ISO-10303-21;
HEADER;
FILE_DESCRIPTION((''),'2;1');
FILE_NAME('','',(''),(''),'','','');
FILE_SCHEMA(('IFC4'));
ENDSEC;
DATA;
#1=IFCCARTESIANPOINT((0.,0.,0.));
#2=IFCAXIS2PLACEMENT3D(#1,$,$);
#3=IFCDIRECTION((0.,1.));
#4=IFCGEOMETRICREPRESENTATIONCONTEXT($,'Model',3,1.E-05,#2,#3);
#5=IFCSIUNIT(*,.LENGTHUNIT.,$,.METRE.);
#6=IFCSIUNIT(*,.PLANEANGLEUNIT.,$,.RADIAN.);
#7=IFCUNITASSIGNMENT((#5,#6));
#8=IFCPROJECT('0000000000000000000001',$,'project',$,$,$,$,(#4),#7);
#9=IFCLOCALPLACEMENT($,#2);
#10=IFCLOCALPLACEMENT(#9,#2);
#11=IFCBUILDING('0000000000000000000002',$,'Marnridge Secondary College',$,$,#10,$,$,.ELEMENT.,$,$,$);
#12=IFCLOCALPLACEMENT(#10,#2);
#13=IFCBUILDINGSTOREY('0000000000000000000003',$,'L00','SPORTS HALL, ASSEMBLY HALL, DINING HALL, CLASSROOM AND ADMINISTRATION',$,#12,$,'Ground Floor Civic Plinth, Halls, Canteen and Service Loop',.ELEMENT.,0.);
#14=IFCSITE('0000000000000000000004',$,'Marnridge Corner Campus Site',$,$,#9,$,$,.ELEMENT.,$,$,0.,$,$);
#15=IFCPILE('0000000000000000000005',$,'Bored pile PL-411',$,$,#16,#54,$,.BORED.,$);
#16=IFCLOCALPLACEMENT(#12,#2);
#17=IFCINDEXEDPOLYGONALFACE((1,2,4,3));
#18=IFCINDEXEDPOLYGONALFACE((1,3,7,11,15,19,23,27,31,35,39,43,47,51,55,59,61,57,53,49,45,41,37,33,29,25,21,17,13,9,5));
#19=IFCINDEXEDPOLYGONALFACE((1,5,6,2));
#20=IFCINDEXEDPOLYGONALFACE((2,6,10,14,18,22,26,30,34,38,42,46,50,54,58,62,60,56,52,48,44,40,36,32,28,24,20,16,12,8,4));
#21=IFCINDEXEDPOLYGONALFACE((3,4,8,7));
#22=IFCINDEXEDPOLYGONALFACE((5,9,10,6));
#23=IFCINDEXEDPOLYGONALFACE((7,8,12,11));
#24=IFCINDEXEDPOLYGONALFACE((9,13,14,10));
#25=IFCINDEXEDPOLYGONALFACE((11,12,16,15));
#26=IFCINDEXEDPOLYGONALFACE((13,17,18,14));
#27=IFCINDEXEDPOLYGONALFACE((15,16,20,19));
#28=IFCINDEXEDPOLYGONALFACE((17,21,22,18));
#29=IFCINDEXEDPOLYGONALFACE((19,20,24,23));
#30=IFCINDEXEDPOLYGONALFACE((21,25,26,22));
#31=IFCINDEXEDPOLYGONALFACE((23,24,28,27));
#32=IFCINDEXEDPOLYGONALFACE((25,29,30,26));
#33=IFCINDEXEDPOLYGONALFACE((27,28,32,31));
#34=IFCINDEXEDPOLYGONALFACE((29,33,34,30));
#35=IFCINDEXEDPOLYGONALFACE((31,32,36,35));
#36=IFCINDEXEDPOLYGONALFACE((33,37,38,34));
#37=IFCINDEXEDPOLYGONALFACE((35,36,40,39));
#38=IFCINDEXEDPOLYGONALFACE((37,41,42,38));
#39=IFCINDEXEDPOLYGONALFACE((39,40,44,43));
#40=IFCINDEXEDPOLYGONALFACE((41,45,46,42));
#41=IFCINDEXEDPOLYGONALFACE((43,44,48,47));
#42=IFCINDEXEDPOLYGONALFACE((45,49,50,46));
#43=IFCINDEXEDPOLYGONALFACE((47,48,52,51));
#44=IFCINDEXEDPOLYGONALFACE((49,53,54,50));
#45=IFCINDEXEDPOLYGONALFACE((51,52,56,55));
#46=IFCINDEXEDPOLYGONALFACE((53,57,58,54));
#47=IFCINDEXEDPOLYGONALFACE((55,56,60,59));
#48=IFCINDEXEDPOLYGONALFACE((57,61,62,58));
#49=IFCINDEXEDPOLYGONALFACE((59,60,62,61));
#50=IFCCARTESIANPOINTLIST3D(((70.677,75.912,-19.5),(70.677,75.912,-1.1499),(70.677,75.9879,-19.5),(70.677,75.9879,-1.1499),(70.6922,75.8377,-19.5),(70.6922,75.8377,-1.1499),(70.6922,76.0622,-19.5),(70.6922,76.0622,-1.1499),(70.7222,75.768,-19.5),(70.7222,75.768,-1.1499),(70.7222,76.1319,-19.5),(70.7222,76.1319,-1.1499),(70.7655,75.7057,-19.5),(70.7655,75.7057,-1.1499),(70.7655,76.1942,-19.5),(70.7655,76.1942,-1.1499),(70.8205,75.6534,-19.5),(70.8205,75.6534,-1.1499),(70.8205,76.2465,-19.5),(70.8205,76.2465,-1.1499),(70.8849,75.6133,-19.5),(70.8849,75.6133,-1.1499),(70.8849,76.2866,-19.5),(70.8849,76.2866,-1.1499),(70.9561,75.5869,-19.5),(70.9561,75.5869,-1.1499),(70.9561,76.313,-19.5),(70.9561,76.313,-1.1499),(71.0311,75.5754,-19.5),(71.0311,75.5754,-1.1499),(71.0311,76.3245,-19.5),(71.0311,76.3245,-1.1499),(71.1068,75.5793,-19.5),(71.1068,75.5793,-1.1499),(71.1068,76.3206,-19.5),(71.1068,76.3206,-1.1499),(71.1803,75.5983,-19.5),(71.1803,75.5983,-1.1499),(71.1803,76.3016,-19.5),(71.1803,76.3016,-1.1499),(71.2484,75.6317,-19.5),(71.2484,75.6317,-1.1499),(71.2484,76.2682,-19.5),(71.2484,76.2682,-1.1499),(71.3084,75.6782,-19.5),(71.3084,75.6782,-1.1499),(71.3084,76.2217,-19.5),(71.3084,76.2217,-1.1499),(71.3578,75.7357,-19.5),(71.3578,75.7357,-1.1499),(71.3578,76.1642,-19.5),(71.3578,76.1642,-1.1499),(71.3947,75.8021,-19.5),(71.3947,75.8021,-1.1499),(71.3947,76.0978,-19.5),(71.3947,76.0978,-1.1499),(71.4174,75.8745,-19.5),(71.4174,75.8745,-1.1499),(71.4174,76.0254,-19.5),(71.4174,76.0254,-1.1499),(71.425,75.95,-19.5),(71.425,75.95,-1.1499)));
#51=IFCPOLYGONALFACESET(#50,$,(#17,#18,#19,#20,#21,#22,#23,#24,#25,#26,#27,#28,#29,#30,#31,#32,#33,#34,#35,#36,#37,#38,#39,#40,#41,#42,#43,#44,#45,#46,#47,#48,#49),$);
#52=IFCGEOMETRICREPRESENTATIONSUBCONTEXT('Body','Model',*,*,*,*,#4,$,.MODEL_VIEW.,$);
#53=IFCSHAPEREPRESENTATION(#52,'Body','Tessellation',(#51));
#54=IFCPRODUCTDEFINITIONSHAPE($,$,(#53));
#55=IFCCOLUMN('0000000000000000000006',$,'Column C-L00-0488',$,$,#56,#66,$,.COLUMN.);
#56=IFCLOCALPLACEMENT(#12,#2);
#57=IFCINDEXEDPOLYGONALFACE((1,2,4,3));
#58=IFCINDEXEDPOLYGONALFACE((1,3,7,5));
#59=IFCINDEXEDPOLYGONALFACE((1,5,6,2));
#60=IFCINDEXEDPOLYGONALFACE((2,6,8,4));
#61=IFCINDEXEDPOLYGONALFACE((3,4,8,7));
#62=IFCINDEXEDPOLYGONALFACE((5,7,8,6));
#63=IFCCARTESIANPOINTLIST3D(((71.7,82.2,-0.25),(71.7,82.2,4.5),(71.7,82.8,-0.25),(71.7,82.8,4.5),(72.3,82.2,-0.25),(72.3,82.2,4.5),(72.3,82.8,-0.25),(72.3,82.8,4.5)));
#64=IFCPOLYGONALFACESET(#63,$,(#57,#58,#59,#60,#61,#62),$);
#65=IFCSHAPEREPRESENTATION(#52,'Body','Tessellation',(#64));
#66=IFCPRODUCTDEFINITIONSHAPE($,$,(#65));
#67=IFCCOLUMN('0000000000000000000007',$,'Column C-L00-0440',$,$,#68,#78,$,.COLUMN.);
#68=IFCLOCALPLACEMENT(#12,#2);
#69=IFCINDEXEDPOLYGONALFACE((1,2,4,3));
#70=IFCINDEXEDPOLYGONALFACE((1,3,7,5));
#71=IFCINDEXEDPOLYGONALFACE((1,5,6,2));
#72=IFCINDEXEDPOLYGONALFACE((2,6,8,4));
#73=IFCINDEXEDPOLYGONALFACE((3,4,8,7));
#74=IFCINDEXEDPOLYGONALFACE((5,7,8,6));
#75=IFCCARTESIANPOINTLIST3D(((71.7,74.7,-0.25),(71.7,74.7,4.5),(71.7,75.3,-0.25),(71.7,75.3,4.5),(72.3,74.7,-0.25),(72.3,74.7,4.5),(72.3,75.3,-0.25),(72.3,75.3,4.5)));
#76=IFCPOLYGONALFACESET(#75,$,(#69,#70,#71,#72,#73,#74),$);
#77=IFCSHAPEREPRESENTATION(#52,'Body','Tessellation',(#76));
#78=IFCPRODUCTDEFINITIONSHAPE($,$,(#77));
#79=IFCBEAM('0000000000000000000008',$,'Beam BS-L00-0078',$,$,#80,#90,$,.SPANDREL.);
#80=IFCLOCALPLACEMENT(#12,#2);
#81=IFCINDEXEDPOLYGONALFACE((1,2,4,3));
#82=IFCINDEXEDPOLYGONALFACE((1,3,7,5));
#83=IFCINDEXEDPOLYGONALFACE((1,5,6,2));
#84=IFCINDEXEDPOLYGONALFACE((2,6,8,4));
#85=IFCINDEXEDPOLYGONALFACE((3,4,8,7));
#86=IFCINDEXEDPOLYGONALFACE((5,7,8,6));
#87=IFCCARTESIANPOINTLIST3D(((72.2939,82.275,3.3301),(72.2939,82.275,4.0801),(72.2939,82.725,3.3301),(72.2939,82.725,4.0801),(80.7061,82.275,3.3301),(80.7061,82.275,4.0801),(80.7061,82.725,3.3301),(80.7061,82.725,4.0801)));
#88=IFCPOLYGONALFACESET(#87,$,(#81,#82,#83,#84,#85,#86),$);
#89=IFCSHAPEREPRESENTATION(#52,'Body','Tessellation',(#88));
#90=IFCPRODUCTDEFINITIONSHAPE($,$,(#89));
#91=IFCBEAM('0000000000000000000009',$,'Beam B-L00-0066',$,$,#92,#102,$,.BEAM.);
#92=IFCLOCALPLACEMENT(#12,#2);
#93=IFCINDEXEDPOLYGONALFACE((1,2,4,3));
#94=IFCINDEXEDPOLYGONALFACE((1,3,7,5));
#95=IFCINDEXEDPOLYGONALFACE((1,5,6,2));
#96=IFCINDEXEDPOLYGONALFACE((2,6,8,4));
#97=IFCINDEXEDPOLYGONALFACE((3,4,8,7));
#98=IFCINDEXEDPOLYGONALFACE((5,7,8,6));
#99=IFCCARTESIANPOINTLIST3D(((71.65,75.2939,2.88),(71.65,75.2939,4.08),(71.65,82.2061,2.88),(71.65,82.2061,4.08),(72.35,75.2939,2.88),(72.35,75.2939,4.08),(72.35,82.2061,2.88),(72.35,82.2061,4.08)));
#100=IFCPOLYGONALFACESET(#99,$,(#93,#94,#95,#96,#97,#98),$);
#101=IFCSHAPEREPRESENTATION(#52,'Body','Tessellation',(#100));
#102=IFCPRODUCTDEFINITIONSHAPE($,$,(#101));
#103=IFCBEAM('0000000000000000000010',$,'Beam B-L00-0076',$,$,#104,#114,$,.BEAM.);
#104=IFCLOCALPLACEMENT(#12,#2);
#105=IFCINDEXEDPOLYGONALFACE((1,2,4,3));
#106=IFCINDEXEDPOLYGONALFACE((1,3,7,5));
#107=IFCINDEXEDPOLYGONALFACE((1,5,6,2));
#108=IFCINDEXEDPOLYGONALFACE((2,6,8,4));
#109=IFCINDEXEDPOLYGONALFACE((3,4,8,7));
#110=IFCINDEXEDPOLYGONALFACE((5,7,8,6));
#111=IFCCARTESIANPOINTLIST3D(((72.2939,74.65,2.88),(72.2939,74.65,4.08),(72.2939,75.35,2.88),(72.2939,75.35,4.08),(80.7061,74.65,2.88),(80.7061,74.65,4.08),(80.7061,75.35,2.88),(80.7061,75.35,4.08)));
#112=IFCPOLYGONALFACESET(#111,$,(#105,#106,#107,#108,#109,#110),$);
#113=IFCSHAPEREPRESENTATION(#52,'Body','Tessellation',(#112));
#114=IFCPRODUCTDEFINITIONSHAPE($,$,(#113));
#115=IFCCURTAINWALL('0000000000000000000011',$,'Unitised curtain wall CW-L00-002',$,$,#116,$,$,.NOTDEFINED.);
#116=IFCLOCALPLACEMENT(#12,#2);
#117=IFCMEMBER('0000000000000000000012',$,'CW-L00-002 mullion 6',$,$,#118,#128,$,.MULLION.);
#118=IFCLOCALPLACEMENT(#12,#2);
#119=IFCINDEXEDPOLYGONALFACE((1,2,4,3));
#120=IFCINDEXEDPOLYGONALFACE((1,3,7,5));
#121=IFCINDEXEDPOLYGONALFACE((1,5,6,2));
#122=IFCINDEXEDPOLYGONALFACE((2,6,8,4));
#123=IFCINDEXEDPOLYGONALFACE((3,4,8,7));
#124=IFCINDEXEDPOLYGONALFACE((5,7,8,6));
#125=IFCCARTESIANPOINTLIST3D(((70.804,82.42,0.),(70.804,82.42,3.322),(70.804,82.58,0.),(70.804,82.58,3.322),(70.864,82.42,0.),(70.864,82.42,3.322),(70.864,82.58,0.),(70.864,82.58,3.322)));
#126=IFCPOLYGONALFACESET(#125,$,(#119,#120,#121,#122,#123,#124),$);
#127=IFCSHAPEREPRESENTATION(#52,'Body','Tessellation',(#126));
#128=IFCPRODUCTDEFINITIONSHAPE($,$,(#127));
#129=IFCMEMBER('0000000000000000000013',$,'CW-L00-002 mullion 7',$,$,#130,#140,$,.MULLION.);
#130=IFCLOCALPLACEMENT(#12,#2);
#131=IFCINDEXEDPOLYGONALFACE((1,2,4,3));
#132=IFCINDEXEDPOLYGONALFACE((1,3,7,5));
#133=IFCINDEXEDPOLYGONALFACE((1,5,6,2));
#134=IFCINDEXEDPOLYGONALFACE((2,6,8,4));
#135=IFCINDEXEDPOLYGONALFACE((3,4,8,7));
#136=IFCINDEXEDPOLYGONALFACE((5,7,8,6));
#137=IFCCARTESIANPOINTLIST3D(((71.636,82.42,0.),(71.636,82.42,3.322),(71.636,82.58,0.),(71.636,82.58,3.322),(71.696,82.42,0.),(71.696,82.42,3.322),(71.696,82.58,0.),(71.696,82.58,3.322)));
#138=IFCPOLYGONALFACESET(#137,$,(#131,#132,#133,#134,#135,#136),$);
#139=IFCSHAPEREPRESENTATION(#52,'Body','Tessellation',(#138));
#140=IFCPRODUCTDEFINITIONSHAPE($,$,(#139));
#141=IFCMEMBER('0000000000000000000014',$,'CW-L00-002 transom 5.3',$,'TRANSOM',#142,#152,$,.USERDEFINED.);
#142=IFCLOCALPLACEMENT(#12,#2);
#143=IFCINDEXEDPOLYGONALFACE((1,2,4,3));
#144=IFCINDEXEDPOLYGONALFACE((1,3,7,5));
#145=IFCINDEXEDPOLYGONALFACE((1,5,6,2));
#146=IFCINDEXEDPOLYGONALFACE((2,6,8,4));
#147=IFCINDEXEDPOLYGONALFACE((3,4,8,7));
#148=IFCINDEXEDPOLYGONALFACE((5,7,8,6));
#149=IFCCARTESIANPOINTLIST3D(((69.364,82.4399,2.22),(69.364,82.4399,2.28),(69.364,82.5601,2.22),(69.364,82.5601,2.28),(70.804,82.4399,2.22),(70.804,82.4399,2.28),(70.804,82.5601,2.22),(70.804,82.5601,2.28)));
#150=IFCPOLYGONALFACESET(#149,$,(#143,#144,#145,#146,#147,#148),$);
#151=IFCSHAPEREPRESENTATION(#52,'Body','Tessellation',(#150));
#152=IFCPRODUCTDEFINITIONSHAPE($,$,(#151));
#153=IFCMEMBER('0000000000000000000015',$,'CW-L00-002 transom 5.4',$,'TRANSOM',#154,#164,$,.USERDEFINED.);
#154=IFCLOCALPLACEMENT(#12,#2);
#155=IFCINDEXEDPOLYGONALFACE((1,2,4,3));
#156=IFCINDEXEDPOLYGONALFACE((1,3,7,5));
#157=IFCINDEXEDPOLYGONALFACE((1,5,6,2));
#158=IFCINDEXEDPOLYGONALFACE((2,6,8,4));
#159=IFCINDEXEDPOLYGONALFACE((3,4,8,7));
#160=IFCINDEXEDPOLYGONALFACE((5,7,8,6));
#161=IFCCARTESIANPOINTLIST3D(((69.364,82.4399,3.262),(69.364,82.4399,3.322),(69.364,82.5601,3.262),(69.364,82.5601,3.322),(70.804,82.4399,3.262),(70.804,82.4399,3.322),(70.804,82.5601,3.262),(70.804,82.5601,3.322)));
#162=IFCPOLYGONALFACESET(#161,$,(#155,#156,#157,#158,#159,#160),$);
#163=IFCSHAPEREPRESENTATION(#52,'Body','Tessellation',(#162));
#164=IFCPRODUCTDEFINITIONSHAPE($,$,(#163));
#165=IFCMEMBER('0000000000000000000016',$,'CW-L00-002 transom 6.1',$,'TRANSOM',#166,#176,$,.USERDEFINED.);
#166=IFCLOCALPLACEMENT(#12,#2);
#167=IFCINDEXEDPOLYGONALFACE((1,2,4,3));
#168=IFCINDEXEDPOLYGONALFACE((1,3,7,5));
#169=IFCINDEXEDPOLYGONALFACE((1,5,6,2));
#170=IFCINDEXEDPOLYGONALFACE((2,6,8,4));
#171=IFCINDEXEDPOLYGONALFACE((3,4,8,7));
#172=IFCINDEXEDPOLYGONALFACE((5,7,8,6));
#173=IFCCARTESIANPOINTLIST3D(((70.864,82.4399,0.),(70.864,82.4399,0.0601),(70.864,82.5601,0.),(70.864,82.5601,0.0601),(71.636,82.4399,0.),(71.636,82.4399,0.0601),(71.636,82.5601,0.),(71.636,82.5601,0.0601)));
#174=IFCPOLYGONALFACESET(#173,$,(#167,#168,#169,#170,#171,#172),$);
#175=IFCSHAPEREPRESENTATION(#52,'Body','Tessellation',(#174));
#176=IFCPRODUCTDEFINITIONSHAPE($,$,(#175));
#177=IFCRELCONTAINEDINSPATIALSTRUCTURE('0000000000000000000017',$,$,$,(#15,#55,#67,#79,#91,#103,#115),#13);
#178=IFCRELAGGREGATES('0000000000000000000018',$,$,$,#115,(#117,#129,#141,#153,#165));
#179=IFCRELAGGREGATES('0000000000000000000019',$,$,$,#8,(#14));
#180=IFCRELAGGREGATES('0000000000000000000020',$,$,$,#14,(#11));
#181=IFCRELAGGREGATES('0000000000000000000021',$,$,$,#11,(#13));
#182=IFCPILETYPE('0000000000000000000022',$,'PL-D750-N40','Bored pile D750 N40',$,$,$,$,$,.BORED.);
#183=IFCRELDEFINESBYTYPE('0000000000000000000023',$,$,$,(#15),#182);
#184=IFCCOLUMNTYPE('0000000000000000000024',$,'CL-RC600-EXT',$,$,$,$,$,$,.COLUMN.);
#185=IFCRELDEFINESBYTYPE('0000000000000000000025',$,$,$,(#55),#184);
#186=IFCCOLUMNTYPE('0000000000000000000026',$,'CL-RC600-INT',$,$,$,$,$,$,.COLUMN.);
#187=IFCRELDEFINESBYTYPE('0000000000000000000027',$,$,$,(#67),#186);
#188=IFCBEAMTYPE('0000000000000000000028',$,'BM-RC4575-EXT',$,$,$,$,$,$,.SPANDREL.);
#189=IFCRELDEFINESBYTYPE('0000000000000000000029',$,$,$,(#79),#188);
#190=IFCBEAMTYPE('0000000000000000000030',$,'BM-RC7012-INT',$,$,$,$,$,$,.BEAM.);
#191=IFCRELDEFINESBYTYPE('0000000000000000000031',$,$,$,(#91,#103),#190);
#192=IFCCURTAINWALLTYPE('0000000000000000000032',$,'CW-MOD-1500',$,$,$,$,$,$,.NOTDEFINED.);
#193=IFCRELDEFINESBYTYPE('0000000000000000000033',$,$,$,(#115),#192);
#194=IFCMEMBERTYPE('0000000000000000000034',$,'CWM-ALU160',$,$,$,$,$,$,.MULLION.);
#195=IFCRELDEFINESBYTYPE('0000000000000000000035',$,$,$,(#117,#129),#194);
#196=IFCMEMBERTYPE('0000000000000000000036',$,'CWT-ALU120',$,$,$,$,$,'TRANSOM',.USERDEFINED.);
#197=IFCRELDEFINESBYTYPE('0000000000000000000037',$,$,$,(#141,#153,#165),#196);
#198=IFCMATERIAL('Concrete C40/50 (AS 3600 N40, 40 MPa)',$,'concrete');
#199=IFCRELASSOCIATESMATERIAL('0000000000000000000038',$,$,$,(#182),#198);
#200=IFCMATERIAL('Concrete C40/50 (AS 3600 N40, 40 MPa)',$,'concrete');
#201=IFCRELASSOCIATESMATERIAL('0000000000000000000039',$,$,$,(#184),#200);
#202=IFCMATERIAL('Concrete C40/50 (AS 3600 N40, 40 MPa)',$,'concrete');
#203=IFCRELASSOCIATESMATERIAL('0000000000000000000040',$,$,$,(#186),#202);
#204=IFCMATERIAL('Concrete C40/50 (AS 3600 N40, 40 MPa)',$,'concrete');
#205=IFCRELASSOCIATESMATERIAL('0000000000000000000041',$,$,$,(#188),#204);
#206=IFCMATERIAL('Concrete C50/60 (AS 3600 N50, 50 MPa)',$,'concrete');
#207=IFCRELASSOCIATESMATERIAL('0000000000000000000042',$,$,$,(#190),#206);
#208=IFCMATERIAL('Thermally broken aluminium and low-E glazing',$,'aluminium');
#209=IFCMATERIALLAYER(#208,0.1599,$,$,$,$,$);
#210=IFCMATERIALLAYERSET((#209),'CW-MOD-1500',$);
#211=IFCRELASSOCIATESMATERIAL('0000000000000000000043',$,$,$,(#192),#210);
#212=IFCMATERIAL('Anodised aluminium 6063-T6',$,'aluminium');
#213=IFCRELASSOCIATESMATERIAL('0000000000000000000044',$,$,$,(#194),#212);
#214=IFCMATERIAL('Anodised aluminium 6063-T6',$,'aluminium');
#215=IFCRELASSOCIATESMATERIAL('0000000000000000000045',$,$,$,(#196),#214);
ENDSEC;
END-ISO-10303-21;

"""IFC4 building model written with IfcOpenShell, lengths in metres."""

from ifc_helpers import new_model, si_unit, direction, frame, origin, origin_2d, place, context, subcontext, project, spatial, rectangle, circle, extrude, material, layer, layer_set, material_profile, profile_set, type_object, element, aggregate, save


model = new_model("IFC4")

# Units and contexts
model_context = context("Model", 3, precision=1e-05, world=origin(), true_north=direction((0.0, 1.0)))
body_context = subcontext(model_context, "Body", "Model", "MODEL_VIEW")
ifc_project = project(units=[si_unit("LENGTHUNIT", "METRE"), si_unit("PLANEANGLEUNIT", "RADIAN")], contexts=[model_context])

# Site, building, storey
site_placement = place(None, origin())
site = spatial("IfcSite", under=ifc_project, at=site_placement, Name="Marnridge Corner Campus Site", CompositionType="ELEMENT", RefElevation=0.0)
building_placement = place(site_placement, origin())
building = spatial("IfcBuilding", under=site, at=building_placement, Name="Marnridge Secondary College", CompositionType="ELEMENT")
storey_placement = place(building_placement, origin())
storey = spatial("IfcBuildingStorey", under=building, at=storey_placement, Name="L00", Description="SPORTS HALL, ASSEMBLY HALL, DINING HALL, CLASSROOM AND ADMINISTRATION", LongName="Ground Floor Civic Plinth, Halls, Canteen and Service Loop", CompositionType="ELEMENT", Elevation=0.0)

# Pile
ifc_material_1 = material(Name="Concrete C40/50 (AS 3600 N40, 40 MPa)", Category="concrete")
ifc_material_profile_1 = material_profile(ifc_material_1, circle(Radius=0.375, at=origin_2d()), Name="PILE D750")
ifc_profile_set_1 = profile_set([ifc_material_profile_1], Name="Concrete C40/50 (AS 3600 N40, 40 MPa)")
pile_type_1 = type_object("IfcPileType", Name="PL-D750-N40", Description="Bored pile D750 N40", PredefinedType="BORED", material=ifc_profile_set_1)
for number, where, z_axis, x_axis, name in (
    (1, (71.05, 75.95, -1.1499), (0.0, 0.0, -1.0), (1.0, 0.0, 0.0), "Bored pile PL-411"),
):
    element("IfcPile", number, at=place(storey_placement, frame(where, z_axis=z_axis, x_axis=x_axis)), inside=storey, type_object=pile_type_1, Name=name, PredefinedType="BORED", context=body_context, shape_type="SweptSolid", body=[
        extrude(circle(Radius=0.375, at=origin_2d()), origin(), (0.0, 0.0, 1.0), 18.3501),
    ])

# Columns
ifc_material_2 = material(Name="Concrete C40/50 (AS 3600 N40, 40 MPa)", Category="concrete")
ifc_material_profile_2 = material_profile(ifc_material_2, rectangle(XDim=0.6001, YDim=0.6001, at=origin_2d()), Name="RC 600x600")
ifc_profile_set_2 = profile_set([ifc_material_profile_2], Name="Concrete C40/50 (AS 3600 N40, 40 MPa)")
column_type_1 = type_object("IfcColumnType", Name="CL-RC600-EXT", PredefinedType="COLUMN", material=ifc_profile_set_2)
column_1_placement = place(storey_placement, frame((72.0, 82.5, -0.25), z_axis=(0.0, 0.0, 1.0), x_axis=(1.0, 0.0, 0.0)))
element("IfcColumn", 2, at=column_1_placement, inside=storey, type_object=column_type_1, Name="Column C-L00-0488", PredefinedType="COLUMN", context=body_context, shape_type="SweptSolid", body=[
    extrude(rectangle(XDim=0.6001, YDim=0.6001, at=origin_2d()), origin(), (0.0, 0.0, 1.0), 4.75),
])
ifc_material_3 = material(Name="Concrete C40/50 (AS 3600 N40, 40 MPa)", Category="concrete")
ifc_material_profile_3 = material_profile(ifc_material_3, rectangle(XDim=0.6001, YDim=0.6001, at=origin_2d()), Name="RC 600x600")
ifc_profile_set_3 = profile_set([ifc_material_profile_3], Name="Concrete C40/50 (AS 3600 N40, 40 MPa)")
column_type_2 = type_object("IfcColumnType", Name="CL-RC600-INT", PredefinedType="COLUMN", material=ifc_profile_set_3)
column_2_placement = place(storey_placement, frame((72.0, 75.0, -0.25), z_axis=(0.0, 0.0, 1.0), x_axis=(1.0, 0.0, 0.0)))
element("IfcColumn", 3, at=column_2_placement, inside=storey, type_object=column_type_2, Name="Column C-L00-0440", PredefinedType="COLUMN", context=body_context, shape_type="SweptSolid", body=[
    extrude(rectangle(XDim=0.6001, YDim=0.6001, at=origin_2d()), origin(), (0.0, 0.0, 1.0), 4.75),
])

# Beams
ifc_material_4 = material(Name="Concrete C40/50 (AS 3600 N40, 40 MPa)", Category="concrete")
ifc_material_profile_4 = material_profile(ifc_material_4, rectangle(XDim=0.45, YDim=0.75, at=origin_2d()), Name="RC 450x750")
ifc_profile_set_4 = profile_set([ifc_material_profile_4], Name="Concrete C40/50 (AS 3600 N40, 40 MPa)")
beam_type_1 = type_object("IfcBeamType", Name="BM-RC4575-EXT", PredefinedType="SPANDREL", material=ifc_profile_set_4)
beam_1_placement = place(storey_placement, frame((72.2939, 82.5, 3.7051), z_axis=(1.0, 0.0, 0.0), x_axis=(0.0, 1.0, 0.0)))
element("IfcBeam", 4, at=beam_1_placement, inside=storey, type_object=beam_type_1, Name="Beam BS-L00-0078", PredefinedType="SPANDREL", context=body_context, shape_type="SweptSolid", body=[
    extrude(rectangle(XDim=0.45, YDim=0.75, at=origin_2d()), origin(), (0.0, 0.0, 1.0), 8.4121),
])
ifc_material_5 = material(Name="Concrete C50/60 (AS 3600 N50, 50 MPa)", Category="concrete")
ifc_material_profile_5 = material_profile(ifc_material_5, rectangle(XDim=0.7, YDim=1.2, at=origin_2d()), Name="RC 700x1200")
ifc_profile_set_5 = profile_set([ifc_material_profile_5], Name="Concrete C50/60 (AS 3600 N50, 50 MPa)")
beam_type_2 = type_object("IfcBeamType", Name="BM-RC7012-INT", PredefinedType="BEAM", material=ifc_profile_set_5)
beam_2_placement = place(storey_placement, frame((72.0, 75.2939, 3.48), z_axis=(0.0, 1.0, 0.0), x_axis=(-1.0, 0.0, 0.0)))
element("IfcBeam", 5, at=beam_2_placement, inside=storey, type_object=beam_type_2, Name="Beam B-L00-0066", PredefinedType="BEAM", context=body_context, shape_type="SweptSolid", body=[
    extrude(rectangle(XDim=0.7, YDim=1.2, at=origin_2d()), origin(), (0.0, 0.0, 1.0), 6.9121),
])
beam_3_placement = place(storey_placement, frame((72.2939, 75.0, 3.48), z_axis=(1.0, 0.0, 0.0), x_axis=(0.0, 1.0, 0.0)))
element("IfcBeam", 6, at=beam_3_placement, inside=storey, type_object=beam_type_2, Name="Beam B-L00-0076", PredefinedType="BEAM", context=body_context, shape_type="SweptSolid", body=[
    extrude(rectangle(XDim=0.7, YDim=1.2, at=origin_2d()), origin(), (0.0, 0.0, 1.0), 8.4121),
])

# Curtain wall, members
ifc_material_6 = material(Name="Thermally broken aluminium and low-E glazing", Category="aluminium")
ifc_layer_1 = layer(ifc_material_6, 0.1599)
ifc_layer_set_1 = layer_set([ifc_layer_1], Name="CW-MOD-1500")
curtain_wall_type = type_object("IfcCurtainWallType", Name="CW-MOD-1500", PredefinedType="NOTDEFINED", material=ifc_layer_set_1)
curtain_wall_placement = place(storey_placement, origin())
curtain_wall = element("IfcCurtainWall", 7, at=curtain_wall_placement, inside=storey, type_object=curtain_wall_type, Name="Unitised curtain wall CW-L00-002", PredefinedType="NOTDEFINED")
ifc_material_7 = material(Name="Anodised aluminium 6063-T6", Category="aluminium")
ifc_material_profile_6 = material_profile(ifc_material_7, rectangle(XDim=0.0601, YDim=0.1599, at=origin_2d()), Name="ALU 60x160")
ifc_profile_set_6 = profile_set([ifc_material_profile_6], Name="Anodised aluminium 6063-T6")
member_type_1 = type_object("IfcMemberType", Name="CWM-ALU160", PredefinedType="MULLION", material=ifc_profile_set_6)
member_1_placement = place(storey_placement, frame((70.834, 82.5, 0.0), z_axis=(0.0, 0.0, 1.0), x_axis=(1.0, 0.0, 0.0)))
member_1 = element("IfcMember", 8, at=member_1_placement, type_object=member_type_1, Name="CW-L00-002 mullion 6", PredefinedType="MULLION", context=body_context, shape_type="SweptSolid", body=[
    extrude(rectangle(XDim=0.0601, YDim=0.1599, at=origin_2d()), origin(), (0.0, 0.0, 1.0), 3.322),
])
member_2_placement = place(storey_placement, frame((71.666, 82.5, 0.0), z_axis=(0.0, 0.0, 1.0), x_axis=(1.0, 0.0, 0.0)))
member_2 = element("IfcMember", 9, at=member_2_placement, type_object=member_type_1, Name="CW-L00-002 mullion 7", PredefinedType="MULLION", context=body_context, shape_type="SweptSolid", body=[
    extrude(rectangle(XDim=0.0601, YDim=0.1599, at=origin_2d()), origin(), (0.0, 0.0, 1.0), 3.322),
])
ifc_material_8 = material(Name="Anodised aluminium 6063-T6", Category="aluminium")
ifc_material_profile_7 = material_profile(ifc_material_8, rectangle(XDim=0.0601, YDim=0.1201, at=origin_2d()), Name="ALU 60x120")
ifc_profile_set_7 = profile_set([ifc_material_profile_7], Name="Anodised aluminium 6063-T6")
member_type_2 = type_object("IfcMemberType", Name="CWT-ALU120", ElementType="TRANSOM", PredefinedType="USERDEFINED", material=ifc_profile_set_7)
member_3_placement = place(storey_placement, frame((69.364, 82.5, 2.25), z_axis=(1.0, 0.0, 0.0), x_axis=(0.0, 0.0, 1.0)))
member_3 = element("IfcMember", 10, at=member_3_placement, type_object=member_type_2, Name="CW-L00-002 transom 5.3", ObjectType="TRANSOM", PredefinedType="USERDEFINED", context=body_context, shape_type="SweptSolid", body=[
    extrude(rectangle(XDim=0.0601, YDim=0.1201, at=origin_2d()), origin(), (0.0, 0.0, 1.0), 1.4399),
])
member_4_placement = place(storey_placement, frame((69.364, 82.5, 3.292), z_axis=(1.0, 0.0, 0.0), x_axis=(0.0, 0.0, 1.0)))
member_4 = element("IfcMember", 11, at=member_4_placement, type_object=member_type_2, Name="CW-L00-002 transom 5.4", ObjectType="TRANSOM", PredefinedType="USERDEFINED", context=body_context, shape_type="SweptSolid", body=[
    extrude(rectangle(XDim=0.0601, YDim=0.1201, at=origin_2d()), origin(), (0.0, 0.0, 1.0), 1.4399),
])
member_5_placement = place(storey_placement, frame((70.864, 82.5, 0.03), z_axis=(1.0, 0.0, 0.0), x_axis=(0.0, 0.0, 1.0)))
member_5 = element("IfcMember", 12, at=member_5_placement, type_object=member_type_2, Name="CW-L00-002 transom 6.1", ObjectType="TRANSOM", PredefinedType="USERDEFINED", context=body_context, shape_type="SweptSolid", body=[
    extrude(rectangle(XDim=0.0601, YDim=0.1201, at=origin_2d()), origin(), (0.0, 0.0, 1.0), 0.772),
])
aggregate(curtain_wall, [member_1, member_2, member_3, member_4, member_5])

save(model, "model.ifc")
